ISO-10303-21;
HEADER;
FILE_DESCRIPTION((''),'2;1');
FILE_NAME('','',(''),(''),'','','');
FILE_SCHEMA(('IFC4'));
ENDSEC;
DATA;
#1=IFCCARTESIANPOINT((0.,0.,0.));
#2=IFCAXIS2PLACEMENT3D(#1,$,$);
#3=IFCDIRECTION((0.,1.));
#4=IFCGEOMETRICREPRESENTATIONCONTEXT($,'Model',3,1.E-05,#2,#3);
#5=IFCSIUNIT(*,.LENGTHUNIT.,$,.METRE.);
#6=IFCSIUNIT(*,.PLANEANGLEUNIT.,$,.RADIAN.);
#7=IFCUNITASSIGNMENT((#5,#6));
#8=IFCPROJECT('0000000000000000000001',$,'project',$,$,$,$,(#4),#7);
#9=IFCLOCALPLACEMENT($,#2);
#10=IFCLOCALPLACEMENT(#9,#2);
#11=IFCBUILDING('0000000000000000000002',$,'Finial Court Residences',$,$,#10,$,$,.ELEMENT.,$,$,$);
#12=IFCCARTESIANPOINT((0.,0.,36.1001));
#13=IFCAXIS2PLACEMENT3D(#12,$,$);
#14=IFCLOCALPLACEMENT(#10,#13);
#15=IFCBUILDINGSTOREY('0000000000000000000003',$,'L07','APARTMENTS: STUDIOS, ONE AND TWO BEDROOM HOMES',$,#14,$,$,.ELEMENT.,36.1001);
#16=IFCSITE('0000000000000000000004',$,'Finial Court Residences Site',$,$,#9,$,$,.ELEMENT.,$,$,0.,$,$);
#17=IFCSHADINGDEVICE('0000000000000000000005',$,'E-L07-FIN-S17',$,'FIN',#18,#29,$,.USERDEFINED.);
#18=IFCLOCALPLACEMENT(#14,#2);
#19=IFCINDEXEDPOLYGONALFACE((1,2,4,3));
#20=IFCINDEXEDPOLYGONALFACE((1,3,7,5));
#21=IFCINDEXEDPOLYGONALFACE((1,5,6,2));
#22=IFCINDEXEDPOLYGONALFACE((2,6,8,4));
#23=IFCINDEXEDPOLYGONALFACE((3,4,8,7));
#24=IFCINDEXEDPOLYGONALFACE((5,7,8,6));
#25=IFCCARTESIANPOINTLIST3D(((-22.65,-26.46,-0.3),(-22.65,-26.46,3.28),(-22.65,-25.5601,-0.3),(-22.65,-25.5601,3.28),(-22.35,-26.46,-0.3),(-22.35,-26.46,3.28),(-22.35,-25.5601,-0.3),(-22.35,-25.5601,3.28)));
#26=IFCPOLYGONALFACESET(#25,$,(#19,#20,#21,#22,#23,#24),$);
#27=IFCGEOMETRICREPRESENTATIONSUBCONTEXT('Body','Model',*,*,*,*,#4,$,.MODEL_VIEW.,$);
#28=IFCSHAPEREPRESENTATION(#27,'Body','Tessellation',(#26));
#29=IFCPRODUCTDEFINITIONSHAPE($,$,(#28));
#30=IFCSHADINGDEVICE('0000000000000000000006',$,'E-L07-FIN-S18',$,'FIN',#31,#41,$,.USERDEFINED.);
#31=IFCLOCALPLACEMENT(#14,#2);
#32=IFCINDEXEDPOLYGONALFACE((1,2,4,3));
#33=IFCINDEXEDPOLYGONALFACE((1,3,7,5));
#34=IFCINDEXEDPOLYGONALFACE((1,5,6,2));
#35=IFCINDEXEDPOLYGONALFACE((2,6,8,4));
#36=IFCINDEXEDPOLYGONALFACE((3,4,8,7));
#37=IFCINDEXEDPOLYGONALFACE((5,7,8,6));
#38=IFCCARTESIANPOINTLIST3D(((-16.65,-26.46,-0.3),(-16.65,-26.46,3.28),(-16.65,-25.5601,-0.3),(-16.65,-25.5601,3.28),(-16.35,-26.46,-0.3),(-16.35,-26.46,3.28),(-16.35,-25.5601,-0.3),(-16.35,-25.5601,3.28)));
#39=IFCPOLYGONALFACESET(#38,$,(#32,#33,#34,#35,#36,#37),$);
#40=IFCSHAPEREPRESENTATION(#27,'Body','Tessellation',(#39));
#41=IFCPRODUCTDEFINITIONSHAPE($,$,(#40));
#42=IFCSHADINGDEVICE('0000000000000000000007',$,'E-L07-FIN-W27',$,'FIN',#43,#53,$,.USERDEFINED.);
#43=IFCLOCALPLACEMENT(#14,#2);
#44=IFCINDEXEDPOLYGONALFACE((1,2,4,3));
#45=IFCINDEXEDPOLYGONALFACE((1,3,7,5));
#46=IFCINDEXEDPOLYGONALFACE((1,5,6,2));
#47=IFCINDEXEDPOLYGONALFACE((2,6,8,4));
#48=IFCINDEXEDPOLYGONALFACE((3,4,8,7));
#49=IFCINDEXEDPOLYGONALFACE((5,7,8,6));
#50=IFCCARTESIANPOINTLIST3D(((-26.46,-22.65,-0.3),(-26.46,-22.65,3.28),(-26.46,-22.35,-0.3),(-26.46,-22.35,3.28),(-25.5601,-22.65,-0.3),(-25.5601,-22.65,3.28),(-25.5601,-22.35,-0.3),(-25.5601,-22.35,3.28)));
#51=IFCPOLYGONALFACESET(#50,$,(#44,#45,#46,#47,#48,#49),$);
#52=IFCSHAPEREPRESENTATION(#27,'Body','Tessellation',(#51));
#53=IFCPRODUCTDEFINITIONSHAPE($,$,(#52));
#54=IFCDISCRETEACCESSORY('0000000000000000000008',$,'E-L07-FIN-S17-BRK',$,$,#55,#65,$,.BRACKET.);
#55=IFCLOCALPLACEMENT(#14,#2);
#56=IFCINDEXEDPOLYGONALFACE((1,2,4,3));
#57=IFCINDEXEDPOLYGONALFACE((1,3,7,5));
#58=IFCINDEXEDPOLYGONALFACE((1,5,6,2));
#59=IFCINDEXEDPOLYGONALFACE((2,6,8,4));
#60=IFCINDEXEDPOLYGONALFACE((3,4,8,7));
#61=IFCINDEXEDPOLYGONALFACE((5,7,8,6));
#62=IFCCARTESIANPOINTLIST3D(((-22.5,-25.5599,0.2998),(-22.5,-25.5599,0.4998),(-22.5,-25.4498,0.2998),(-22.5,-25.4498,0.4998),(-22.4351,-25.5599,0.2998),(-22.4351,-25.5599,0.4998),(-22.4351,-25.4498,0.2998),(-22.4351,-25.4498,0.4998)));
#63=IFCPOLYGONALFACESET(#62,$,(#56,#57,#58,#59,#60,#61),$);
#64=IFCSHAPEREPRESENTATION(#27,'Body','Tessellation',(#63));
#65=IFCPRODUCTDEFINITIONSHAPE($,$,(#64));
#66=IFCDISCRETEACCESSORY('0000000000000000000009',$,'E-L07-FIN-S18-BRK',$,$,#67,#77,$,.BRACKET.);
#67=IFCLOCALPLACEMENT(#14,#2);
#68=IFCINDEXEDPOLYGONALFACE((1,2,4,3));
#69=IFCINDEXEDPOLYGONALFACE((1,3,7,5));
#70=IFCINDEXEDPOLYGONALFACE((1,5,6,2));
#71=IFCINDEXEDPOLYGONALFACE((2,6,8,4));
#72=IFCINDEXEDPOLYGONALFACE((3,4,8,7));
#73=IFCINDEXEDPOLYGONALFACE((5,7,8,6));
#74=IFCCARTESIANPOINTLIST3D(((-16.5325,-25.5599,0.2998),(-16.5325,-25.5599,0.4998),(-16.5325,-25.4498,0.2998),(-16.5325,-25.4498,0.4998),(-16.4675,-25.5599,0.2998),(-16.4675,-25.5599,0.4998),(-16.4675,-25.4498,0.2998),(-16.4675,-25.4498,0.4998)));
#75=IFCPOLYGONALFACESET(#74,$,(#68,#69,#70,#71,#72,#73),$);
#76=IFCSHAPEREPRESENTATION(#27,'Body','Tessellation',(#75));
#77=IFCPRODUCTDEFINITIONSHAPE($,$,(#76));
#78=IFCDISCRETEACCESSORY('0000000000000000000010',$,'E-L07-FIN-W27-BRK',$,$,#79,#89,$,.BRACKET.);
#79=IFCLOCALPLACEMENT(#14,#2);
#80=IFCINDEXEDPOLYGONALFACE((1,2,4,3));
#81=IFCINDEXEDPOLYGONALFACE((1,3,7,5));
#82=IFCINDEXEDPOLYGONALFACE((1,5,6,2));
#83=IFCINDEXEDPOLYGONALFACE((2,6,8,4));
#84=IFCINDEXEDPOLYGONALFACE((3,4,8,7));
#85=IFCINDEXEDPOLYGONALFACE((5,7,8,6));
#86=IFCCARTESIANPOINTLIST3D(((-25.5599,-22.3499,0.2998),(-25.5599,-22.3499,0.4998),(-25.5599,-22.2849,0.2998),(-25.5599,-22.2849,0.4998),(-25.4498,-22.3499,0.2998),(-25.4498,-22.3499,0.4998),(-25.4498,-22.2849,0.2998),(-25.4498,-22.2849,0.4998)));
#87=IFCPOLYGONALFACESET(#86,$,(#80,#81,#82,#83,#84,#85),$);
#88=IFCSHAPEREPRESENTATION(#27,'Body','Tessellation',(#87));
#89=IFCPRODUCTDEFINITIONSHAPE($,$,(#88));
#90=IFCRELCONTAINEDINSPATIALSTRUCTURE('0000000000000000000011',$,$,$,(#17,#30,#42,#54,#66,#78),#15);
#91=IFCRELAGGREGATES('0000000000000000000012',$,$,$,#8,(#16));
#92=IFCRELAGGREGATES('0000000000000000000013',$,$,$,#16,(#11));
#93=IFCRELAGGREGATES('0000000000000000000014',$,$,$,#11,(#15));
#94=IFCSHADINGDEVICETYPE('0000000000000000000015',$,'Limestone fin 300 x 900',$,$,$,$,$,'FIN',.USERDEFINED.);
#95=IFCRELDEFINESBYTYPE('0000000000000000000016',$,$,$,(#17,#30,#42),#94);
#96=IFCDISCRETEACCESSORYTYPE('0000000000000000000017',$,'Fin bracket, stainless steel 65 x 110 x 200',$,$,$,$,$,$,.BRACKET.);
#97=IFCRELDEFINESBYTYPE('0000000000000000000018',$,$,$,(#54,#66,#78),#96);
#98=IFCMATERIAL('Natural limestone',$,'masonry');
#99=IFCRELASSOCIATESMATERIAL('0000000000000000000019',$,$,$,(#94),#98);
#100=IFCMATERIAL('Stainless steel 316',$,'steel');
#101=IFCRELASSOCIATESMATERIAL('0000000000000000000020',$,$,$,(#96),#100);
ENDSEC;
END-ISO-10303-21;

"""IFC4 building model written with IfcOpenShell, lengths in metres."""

from ifc_helpers import new_model, si_unit, direction, frame, origin, origin_2d, place, context, subcontext, project, spatial, rectangle, extrude, material, type_object, element, save


model = new_model("IFC4")

# Units and contexts
model_context = context("Model", 3, precision=1e-05, world=origin(), true_north=direction((0.0, 1.0)))
body_context = subcontext(model_context, "Body", "Model", "MODEL_VIEW")
ifc_project = project(units=[si_unit("LENGTHUNIT", "METRE"), si_unit("PLANEANGLEUNIT", "RADIAN")], contexts=[model_context])

# Site, building, storey
site_placement = place(None, origin())
site = spatial("IfcSite", under=ifc_project, at=site_placement, Name="Finial Court Residences Site", CompositionType="ELEMENT", RefElevation=0.0)
building_placement = place(site_placement, origin())
building = spatial("IfcBuilding", under=site, at=building_placement, Name="Finial Court Residences", CompositionType="ELEMENT")
storey_placement = place(building_placement, frame((0.0, 0.0, 36.1001)))
storey = spatial("IfcBuildingStorey", under=building, at=storey_placement, Name="L07", Description="APARTMENTS: STUDIOS, ONE AND TWO BEDROOM HOMES", CompositionType="ELEMENT", Elevation=36.1001)

# Shared definitions
ifc_material_1 = material(Name="Natural limestone", Category="masonry")

# Shading devices
shading_device_type = type_object("IfcShadingDeviceType", Name="Limestone fin 300 x 900", ElementType="FIN", PredefinedType="USERDEFINED", material=ifc_material_1)
for number, where, z_axis, x_axis, name in (
    (1, (-22.5, -26.01, -0.3), (0.0, 0.0, 1.0), (1.0, 0.0, 0.0), "E-L07-FIN-S17"),
    (2, (-16.5, -26.01, -0.3), (0.0, 0.0, 1.0), (1.0, 0.0, 0.0), "E-L07-FIN-S18"),
):
    element("IfcShadingDevice", number, at=place(storey_placement, frame(where, z_axis=z_axis, x_axis=x_axis)), inside=storey, type_object=shading_device_type, Name=name, ObjectType="FIN", PredefinedType="USERDEFINED", context=body_context, shape_type="SweptSolid", body=[
        extrude(rectangle(XDim=0.3, YDim=0.8999, at=origin_2d()), origin(), (0.0, 0.0, 1.0), 3.5801),
    ])
shading_device_placement = place(storey_placement, frame((-26.01, -22.5, -0.3), z_axis=(0.0, 0.0, 1.0), x_axis=(1.0, 0.0, 0.0)))
element("IfcShadingDevice", 3, at=shading_device_placement, inside=storey, type_object=shading_device_type, Name="E-L07-FIN-W27", ObjectType="FIN", PredefinedType="USERDEFINED", context=body_context, shape_type="SweptSolid", body=[
    extrude(rectangle(XDim=0.8999, YDim=0.3, at=origin_2d()), origin(), (0.0, 0.0, 1.0), 3.5801),
])

# Discrete accessories
ifc_material_2 = material(Name="Stainless steel 316", Category="steel")
discrete_accessory_type = type_object("IfcDiscreteAccessoryType", Name="Fin bracket, stainless steel 65 x 110 x 200", PredefinedType="BRACKET", material=ifc_material_2)
for number, where, z_axis, x_axis, name in (
    (4, (-22.4675, -25.5049, 0.2998), (0.0, 0.0, 1.0), (1.0, 0.0, 0.0), "E-L07-FIN-S17-BRK"),
    (5, (-16.5, -25.5049, 0.2998), (0.0, 0.0, 1.0), (1.0, 0.0, 0.0), "E-L07-FIN-S18-BRK"),
):
    element("IfcDiscreteAccessory", number, at=place(storey_placement, frame(where, z_axis=z_axis, x_axis=x_axis)), inside=storey, type_object=discrete_accessory_type, Name=name, PredefinedType="BRACKET", context=body_context, shape_type="SweptSolid", body=[
        extrude(rectangle(XDim=0.0649, YDim=0.1101, at=origin_2d()), origin(), (0.0, 0.0, 1.0), 0.2),
    ])
discrete_accessory_placement = place(storey_placement, frame((-25.5049, -22.3174, 0.2998), z_axis=(0.0, 0.0, 1.0), x_axis=(1.0, 0.0, 0.0)))
element("IfcDiscreteAccessory", 6, at=discrete_accessory_placement, inside=storey, type_object=discrete_accessory_type, Name="E-L07-FIN-W27-BRK", PredefinedType="BRACKET", context=body_context, shape_type="SweptSolid", body=[
    extrude(rectangle(XDim=0.1101, YDim=0.0649, at=origin_2d()), origin(), (0.0, 0.0, 1.0), 0.2),
])

save(model, "model.ifc")
